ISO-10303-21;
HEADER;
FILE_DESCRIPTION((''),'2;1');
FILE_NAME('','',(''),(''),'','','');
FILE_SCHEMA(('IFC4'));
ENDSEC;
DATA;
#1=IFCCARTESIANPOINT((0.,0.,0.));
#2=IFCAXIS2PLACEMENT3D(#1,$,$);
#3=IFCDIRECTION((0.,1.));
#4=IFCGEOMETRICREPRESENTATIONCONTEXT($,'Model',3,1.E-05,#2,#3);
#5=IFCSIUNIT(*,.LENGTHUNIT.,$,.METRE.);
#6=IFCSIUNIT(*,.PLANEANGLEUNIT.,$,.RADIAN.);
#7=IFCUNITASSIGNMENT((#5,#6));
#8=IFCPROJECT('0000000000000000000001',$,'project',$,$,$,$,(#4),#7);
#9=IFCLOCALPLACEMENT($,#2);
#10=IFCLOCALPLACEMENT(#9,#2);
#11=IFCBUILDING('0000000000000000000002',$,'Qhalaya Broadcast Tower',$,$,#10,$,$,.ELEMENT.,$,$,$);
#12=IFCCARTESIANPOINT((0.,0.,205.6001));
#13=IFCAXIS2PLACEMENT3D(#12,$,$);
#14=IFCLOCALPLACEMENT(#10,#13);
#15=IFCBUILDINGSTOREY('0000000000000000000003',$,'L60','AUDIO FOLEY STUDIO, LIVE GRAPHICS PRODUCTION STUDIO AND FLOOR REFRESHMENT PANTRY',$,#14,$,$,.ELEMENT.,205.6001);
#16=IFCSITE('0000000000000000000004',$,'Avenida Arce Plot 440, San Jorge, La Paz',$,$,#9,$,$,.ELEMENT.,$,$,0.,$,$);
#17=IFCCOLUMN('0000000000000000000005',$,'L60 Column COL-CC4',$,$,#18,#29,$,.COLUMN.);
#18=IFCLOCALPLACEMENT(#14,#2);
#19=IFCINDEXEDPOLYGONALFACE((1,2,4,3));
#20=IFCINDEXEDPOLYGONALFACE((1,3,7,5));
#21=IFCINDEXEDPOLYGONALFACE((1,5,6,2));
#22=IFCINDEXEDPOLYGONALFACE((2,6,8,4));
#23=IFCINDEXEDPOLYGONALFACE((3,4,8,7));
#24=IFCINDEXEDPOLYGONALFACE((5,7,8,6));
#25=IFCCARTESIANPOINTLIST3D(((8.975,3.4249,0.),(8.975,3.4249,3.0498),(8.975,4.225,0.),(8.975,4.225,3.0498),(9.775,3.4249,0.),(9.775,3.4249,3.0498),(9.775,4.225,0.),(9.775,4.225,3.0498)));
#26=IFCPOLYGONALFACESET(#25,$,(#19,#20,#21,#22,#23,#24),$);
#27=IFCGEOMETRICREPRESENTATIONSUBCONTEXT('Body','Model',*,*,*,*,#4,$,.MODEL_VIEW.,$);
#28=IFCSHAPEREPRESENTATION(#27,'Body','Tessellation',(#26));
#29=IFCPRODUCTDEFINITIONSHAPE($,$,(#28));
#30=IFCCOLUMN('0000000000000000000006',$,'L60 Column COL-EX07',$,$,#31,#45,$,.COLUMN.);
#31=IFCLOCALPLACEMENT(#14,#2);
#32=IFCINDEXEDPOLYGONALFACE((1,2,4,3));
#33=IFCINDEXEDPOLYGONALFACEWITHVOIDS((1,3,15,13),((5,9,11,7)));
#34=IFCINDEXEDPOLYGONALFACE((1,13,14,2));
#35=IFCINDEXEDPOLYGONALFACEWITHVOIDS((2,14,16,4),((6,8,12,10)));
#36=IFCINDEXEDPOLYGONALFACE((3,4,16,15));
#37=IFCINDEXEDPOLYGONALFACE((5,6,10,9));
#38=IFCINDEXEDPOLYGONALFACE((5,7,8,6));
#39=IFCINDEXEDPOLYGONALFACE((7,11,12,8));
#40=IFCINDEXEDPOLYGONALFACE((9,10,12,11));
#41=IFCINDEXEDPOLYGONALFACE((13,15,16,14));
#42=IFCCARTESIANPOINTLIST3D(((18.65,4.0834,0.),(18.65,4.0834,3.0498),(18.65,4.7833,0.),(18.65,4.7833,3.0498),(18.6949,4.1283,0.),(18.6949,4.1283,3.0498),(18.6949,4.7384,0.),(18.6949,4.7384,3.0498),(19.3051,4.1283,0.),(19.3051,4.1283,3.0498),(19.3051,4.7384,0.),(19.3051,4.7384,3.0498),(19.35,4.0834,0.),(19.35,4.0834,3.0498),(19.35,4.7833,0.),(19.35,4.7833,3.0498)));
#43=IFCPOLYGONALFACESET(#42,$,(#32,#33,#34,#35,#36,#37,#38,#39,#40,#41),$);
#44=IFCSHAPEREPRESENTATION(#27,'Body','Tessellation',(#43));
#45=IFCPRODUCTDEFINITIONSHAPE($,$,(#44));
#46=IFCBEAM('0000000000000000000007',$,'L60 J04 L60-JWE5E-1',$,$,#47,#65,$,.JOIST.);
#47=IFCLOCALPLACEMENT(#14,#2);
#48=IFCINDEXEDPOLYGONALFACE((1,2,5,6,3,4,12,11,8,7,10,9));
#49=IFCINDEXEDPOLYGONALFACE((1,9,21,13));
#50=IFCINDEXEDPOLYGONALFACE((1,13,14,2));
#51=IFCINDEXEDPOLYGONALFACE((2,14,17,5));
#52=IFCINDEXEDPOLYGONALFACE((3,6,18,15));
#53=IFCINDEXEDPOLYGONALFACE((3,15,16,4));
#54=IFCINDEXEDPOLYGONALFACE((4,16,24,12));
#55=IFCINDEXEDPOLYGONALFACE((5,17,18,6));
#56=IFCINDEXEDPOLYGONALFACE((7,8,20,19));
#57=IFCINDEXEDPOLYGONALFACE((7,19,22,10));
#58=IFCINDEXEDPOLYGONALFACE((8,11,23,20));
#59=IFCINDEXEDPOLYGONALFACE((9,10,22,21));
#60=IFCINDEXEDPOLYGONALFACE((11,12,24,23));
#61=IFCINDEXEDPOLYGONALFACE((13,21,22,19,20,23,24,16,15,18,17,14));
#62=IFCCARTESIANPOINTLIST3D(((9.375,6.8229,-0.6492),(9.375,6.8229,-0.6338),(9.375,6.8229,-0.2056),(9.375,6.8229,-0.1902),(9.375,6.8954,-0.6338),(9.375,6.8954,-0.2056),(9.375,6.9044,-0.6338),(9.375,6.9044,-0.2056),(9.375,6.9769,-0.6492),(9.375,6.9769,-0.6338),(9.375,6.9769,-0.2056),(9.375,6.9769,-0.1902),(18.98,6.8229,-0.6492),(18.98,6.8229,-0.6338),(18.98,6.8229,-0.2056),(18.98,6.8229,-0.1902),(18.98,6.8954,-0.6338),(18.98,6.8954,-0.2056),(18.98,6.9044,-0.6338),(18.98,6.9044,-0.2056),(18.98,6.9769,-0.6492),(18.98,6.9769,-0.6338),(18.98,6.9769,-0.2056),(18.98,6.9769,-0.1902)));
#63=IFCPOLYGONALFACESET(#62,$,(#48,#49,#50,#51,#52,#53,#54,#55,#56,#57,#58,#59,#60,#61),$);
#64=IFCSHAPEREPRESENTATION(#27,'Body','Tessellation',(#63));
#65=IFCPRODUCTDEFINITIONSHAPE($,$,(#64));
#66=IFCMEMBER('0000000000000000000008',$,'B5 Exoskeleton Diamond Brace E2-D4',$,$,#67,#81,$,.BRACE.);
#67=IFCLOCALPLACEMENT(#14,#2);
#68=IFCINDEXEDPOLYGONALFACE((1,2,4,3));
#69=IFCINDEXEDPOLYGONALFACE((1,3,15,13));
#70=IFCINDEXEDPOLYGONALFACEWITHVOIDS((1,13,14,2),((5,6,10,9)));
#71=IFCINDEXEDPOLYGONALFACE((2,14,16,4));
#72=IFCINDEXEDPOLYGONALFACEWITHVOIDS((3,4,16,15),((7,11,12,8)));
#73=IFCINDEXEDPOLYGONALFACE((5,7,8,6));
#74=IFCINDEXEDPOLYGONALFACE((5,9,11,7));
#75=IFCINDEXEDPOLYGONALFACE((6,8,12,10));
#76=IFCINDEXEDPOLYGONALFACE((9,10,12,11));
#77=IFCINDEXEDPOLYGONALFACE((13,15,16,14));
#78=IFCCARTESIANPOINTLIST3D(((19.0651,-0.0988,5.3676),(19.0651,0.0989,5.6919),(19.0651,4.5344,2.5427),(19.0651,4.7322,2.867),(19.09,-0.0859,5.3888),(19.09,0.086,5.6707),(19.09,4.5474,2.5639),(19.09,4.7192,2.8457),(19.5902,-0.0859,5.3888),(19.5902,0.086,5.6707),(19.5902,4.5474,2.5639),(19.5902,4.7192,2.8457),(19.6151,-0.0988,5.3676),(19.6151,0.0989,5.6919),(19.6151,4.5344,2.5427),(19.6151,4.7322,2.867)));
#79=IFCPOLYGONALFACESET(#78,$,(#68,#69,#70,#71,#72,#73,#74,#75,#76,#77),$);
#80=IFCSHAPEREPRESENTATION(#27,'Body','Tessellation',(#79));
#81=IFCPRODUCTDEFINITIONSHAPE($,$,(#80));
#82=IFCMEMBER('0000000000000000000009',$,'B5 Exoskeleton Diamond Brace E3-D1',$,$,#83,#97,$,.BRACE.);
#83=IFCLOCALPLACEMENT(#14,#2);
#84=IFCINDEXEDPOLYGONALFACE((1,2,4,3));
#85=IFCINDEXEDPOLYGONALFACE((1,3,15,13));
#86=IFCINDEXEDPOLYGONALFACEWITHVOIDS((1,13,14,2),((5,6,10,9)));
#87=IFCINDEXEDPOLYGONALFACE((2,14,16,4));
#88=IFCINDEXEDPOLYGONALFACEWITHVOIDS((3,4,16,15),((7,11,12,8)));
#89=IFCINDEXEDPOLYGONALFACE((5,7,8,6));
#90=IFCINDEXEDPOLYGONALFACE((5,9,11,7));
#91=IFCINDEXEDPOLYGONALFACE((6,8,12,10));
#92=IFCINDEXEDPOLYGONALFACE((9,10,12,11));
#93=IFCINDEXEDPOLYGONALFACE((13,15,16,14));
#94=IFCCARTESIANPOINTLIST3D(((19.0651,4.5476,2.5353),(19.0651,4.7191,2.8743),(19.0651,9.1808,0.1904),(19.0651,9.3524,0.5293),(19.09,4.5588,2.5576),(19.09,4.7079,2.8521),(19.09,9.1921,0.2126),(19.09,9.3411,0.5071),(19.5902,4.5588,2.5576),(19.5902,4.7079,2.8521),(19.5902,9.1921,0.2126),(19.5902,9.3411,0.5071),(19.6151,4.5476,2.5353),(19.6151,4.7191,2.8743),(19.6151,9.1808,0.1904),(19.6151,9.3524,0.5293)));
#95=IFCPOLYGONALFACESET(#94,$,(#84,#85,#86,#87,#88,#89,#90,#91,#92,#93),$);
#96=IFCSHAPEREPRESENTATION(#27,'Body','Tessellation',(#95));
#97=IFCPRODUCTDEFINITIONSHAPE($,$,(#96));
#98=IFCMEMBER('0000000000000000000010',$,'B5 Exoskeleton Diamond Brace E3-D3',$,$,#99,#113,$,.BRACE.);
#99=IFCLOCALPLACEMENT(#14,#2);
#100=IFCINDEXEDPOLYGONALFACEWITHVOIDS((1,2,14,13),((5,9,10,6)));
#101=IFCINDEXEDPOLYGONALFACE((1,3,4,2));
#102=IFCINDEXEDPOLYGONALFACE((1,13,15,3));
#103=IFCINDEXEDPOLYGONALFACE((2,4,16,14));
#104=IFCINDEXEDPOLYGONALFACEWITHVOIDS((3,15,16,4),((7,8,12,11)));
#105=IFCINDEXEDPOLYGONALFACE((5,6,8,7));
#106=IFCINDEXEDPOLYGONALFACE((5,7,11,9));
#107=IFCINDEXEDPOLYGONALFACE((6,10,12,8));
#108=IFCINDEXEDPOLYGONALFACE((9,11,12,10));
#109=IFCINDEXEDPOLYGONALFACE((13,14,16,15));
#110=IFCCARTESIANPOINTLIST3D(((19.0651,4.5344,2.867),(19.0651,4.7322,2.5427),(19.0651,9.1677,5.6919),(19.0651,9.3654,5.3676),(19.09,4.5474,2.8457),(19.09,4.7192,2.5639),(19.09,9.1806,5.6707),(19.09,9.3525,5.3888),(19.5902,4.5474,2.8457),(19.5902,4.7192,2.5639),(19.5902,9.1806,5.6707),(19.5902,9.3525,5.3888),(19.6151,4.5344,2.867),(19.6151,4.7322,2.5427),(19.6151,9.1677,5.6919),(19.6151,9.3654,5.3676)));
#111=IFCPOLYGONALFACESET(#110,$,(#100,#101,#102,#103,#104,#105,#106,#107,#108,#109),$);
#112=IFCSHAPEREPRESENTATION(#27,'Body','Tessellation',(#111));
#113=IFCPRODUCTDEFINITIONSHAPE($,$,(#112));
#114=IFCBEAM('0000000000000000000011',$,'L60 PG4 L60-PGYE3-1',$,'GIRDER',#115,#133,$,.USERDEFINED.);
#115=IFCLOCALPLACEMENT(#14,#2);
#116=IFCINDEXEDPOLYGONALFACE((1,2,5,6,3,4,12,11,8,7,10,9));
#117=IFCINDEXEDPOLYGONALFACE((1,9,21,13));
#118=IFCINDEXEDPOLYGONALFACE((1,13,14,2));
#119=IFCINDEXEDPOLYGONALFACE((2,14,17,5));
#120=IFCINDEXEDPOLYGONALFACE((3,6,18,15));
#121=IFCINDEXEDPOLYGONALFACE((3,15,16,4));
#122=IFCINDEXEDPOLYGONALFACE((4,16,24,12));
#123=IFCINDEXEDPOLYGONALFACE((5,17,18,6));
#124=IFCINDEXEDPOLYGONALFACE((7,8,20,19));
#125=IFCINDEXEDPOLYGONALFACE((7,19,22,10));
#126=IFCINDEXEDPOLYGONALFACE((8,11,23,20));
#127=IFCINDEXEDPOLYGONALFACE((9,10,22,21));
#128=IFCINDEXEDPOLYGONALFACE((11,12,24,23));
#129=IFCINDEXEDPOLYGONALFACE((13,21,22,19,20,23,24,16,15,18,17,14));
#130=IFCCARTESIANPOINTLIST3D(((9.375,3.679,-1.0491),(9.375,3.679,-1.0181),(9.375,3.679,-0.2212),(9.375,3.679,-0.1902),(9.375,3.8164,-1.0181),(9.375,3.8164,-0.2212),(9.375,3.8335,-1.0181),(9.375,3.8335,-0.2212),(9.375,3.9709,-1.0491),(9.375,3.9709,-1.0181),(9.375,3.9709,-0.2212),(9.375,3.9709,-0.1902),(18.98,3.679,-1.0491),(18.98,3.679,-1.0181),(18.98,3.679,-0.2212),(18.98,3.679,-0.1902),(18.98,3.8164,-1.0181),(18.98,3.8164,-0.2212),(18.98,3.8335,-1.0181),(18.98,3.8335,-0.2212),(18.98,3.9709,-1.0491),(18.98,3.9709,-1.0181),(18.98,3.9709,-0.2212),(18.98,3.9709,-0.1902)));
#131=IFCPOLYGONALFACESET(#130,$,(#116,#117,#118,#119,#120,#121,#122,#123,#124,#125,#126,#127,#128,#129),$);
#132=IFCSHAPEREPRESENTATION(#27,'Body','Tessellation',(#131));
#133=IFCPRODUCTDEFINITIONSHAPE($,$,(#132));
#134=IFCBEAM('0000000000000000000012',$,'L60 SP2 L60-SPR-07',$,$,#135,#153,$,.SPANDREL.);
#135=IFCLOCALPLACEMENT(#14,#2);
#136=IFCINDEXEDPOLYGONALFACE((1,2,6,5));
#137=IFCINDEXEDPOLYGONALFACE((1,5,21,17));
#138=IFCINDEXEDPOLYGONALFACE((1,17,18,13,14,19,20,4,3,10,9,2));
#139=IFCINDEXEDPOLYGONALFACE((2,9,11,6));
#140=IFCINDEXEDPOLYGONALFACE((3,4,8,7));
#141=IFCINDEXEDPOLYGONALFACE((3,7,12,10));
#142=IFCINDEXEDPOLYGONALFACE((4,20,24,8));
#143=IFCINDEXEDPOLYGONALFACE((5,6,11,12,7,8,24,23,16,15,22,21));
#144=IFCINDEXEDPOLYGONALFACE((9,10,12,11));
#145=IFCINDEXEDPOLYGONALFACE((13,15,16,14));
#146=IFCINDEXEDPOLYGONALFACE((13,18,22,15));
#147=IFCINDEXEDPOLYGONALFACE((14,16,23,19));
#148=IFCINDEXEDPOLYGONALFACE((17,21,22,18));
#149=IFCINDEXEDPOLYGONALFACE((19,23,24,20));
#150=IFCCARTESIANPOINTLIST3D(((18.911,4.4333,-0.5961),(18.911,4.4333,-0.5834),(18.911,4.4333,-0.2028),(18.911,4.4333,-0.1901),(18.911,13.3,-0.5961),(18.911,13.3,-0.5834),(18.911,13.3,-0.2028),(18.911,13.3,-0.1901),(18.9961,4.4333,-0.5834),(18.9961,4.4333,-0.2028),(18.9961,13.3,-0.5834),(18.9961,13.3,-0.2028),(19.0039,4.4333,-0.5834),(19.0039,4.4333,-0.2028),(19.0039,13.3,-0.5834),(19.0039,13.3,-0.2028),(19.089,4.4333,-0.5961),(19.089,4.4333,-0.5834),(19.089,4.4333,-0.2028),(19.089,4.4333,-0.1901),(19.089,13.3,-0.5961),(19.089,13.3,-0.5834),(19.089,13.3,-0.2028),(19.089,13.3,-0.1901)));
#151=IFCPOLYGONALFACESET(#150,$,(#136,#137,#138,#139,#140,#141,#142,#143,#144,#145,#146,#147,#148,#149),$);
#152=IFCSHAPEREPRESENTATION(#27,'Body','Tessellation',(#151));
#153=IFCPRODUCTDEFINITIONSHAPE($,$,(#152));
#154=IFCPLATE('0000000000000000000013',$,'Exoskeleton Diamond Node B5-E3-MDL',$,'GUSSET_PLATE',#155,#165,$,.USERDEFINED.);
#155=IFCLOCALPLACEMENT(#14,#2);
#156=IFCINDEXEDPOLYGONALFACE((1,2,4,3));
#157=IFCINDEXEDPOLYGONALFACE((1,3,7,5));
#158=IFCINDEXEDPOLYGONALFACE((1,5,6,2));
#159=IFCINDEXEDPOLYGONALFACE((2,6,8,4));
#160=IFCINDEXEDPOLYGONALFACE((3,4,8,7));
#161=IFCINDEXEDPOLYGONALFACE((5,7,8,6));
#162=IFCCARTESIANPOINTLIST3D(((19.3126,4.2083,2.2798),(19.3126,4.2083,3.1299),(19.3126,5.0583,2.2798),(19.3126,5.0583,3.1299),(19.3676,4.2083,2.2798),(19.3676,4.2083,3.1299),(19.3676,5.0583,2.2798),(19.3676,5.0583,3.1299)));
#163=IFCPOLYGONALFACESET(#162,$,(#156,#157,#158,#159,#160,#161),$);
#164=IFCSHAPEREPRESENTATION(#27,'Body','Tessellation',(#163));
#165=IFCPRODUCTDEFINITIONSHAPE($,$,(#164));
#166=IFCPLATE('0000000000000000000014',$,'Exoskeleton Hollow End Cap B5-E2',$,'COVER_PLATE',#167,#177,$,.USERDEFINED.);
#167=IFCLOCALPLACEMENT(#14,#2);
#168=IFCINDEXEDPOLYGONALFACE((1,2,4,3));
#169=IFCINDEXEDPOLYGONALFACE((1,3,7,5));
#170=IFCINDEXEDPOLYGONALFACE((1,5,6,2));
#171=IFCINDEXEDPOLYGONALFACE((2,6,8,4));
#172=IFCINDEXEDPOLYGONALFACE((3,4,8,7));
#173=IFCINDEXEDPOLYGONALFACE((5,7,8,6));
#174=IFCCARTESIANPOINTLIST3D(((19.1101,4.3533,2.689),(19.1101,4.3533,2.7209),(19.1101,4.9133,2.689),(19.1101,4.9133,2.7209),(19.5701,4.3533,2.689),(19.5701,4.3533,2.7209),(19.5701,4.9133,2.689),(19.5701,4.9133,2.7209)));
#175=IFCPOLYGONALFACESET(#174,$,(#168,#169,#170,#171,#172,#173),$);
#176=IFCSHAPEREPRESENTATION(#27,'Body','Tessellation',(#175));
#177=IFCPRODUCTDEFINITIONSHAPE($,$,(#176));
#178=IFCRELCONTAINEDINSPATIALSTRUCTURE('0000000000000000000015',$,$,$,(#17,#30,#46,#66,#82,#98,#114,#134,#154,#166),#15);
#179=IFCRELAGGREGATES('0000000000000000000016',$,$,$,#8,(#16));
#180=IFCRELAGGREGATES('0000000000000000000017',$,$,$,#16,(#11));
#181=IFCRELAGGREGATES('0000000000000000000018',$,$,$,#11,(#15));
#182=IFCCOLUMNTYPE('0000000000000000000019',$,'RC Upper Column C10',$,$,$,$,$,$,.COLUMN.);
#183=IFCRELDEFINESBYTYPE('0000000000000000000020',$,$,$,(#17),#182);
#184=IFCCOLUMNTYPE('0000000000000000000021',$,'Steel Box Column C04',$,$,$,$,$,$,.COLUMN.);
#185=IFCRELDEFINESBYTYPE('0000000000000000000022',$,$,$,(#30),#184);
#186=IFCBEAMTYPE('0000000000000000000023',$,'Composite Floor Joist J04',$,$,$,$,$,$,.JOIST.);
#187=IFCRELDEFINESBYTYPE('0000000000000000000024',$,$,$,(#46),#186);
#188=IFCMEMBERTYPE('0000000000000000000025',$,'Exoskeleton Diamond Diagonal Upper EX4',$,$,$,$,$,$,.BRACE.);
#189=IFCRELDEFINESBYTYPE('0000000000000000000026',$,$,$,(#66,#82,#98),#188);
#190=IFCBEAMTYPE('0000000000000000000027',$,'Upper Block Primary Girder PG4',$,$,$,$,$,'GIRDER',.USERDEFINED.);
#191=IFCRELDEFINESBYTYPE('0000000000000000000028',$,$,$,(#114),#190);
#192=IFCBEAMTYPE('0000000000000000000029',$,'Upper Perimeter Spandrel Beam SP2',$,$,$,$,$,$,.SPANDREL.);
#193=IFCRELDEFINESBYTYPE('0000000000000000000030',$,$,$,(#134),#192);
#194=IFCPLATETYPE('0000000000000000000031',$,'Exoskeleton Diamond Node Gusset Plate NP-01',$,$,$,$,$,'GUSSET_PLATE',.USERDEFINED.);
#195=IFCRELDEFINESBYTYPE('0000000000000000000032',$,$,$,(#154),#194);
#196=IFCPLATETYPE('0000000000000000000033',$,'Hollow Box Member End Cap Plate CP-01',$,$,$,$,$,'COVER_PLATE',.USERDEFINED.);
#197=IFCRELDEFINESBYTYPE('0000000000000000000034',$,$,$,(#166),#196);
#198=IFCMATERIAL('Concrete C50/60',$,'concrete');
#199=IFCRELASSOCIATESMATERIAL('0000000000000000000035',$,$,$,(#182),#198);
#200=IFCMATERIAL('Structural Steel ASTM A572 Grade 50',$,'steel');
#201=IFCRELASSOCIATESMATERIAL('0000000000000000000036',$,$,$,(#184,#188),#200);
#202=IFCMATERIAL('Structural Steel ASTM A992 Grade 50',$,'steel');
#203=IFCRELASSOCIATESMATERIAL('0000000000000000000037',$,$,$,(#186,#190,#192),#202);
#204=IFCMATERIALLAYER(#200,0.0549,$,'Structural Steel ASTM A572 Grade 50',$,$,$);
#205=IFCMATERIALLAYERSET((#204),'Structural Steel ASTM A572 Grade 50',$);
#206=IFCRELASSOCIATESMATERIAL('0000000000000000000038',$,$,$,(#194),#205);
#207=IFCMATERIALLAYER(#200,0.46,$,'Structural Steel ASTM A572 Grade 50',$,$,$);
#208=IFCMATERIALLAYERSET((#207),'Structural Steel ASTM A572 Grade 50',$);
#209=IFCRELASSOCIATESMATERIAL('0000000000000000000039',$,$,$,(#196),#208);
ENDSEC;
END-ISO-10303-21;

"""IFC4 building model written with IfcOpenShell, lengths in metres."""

from ifc_helpers import new_model, si_unit, direction, frame, origin, origin_2d, place, context, subcontext, project, spatial, rectangle, hollow_rectangle, i_section, extrude, material, layer, layer_set, material_profile, profile_set, type_object, element, save


model = new_model("IFC4")

# Units and contexts
model_context = context("Model", 3, precision=1e-05, world=origin(), true_north=direction((0.0, 1.0)))
body_context = subcontext(model_context, "Body", "Model", "MODEL_VIEW")
ifc_project = project(units=[si_unit("LENGTHUNIT", "METRE"), si_unit("PLANEANGLEUNIT", "RADIAN")], contexts=[model_context])

# Site, building, storey
site_placement = place(None, origin())
site = spatial("IfcSite", under=ifc_project, at=site_placement, Name="Avenida Arce Plot 440, San Jorge, La Paz", CompositionType="ELEMENT", RefElevation=0.0)
building_placement = place(site_placement, origin())
building = spatial("IfcBuilding", under=site, at=building_placement, Name="Qhalaya Broadcast Tower", CompositionType="ELEMENT")
storey_placement = place(building_placement, frame((0.0, 0.0, 205.6001)))
storey = spatial("IfcBuildingStorey", under=building, at=storey_placement, Name="L60", Description="AUDIO FOLEY STUDIO, LIVE GRAPHICS PRODUCTION STUDIO AND FLOOR REFRESHMENT PANTRY", CompositionType="ELEMENT", Elevation=205.6001)

# Columns
ifc_material_1 = material(Name="Concrete C50/60", Category="concrete")
ifc_material_profile_1 = material_profile(ifc_material_1, rectangle(XDim=0.8, YDim=0.8, at=origin_2d()), Name="RC-COL 800x800")
ifc_profile_set_1 = profile_set([ifc_material_profile_1], Name="Concrete C50/60")
column_type_1 = type_object("IfcColumnType", Name="RC Upper Column C10", PredefinedType="COLUMN", material=ifc_profile_set_1)
column_1_placement = place(storey_placement, frame((9.375, 3.825, 0.0), z_axis=(0.0, 0.0, 1.0), x_axis=(1.0, 0.0, 0.0)))
element("IfcColumn", 1, at=column_1_placement, inside=storey, type_object=column_type_1, Name="L60 Column COL-CC4", PredefinedType="COLUMN", context=body_context, shape_type="SweptSolid", body=[
    extrude(rectangle(XDim=0.8, YDim=0.8, at=origin_2d()), origin(), (0.0, 0.0, 1.0), 3.0498),
])
ifc_material_2 = material(Name="Structural Steel ASTM A572 Grade 50", Category="steel")
ifc_material_profile_2 = material_profile(ifc_material_2, hollow_rectangle(XDim=0.7, YDim=0.7, WallThickness=0.0449, at=origin_2d()), Name="BOX 700x700x45")
ifc_profile_set_2 = profile_set([ifc_material_profile_2], Name="Structural Steel ASTM A572 Grade 50")
column_type_2 = type_object("IfcColumnType", Name="Steel Box Column C04", PredefinedType="COLUMN", material=ifc_profile_set_2)
column_2_placement = place(storey_placement, frame((19.0, 4.4333, 0.0), z_axis=(0.0, 0.0, 1.0), x_axis=(0.0, 1.0, 0.0)))
element("IfcColumn", 2, at=column_2_placement, inside=storey, type_object=column_type_2, Name="L60 Column COL-EX07", PredefinedType="COLUMN", context=body_context, shape_type="SweptSolid", body=[
    extrude(hollow_rectangle(XDim=0.7, YDim=0.7, WallThickness=0.0449, at=origin_2d()), origin(), (0.0, 0.0, 1.0), 3.0498),
])

# Beam
ifc_material_3 = material(Name="Structural Steel ASTM A992 Grade 50", Category="steel")
ifc_material_profile_3 = material_profile(ifc_material_3, i_section(OverallWidth=0.1541, OverallDepth=0.459, WebThickness=0.009, FlangeThickness=0.0154, at=origin_2d()), Name="W18X46")
ifc_profile_set_3 = profile_set([ifc_material_profile_3], Name="Structural Steel ASTM A992 Grade 50")
beam_type_1 = type_object("IfcBeamType", Name="Composite Floor Joist J04", PredefinedType="JOIST", material=ifc_profile_set_3)
beam_1_placement = place(storey_placement, frame((9.375, 6.8999, -0.4197), z_axis=(1.0, 0.0, 0.0), x_axis=(0.0, 1.0, 0.0)))
element("IfcBeam", 3, at=beam_1_placement, inside=storey, type_object=beam_type_1, Name="L60 J04 L60-JWE5E-1", PredefinedType="JOIST", context=body_context, shape_type="SweptSolid", body=[
    extrude(i_section(OverallWidth=0.1541, OverallDepth=0.459, WebThickness=0.009, FlangeThickness=0.0154, at=origin_2d()), origin(), (0.0, 0.0, 1.0), 9.605),
])

# Members
ifc_material_profile_4 = material_profile(ifc_material_2, hollow_rectangle(XDim=0.3799, YDim=0.55, WallThickness=0.0249, at=origin_2d()), Name="BOX 380x550x25")
ifc_profile_set_4 = profile_set([ifc_material_profile_4], Name="Structural Steel ASTM A572 Grade 50")
member_type = type_object("IfcMemberType", Name="Exoskeleton Diamond Diagonal Upper EX4", PredefinedType="BRACE", material=ifc_profile_set_4)
member_1_placement = place(storey_placement, frame((19.3401, 4.6333, 2.7048), z_axis=(0.0, -0.853815, 0.520576), x_axis=(0.0, 0.520576, 0.853815)))
element("IfcMember", 4, at=member_1_placement, inside=storey, type_object=member_type, Name="B5 Exoskeleton Diamond Brace E2-D4", PredefinedType="BRACE", context=body_context, shape_type="SweptSolid", body=[
    extrude(hollow_rectangle(XDim=0.3799, YDim=0.55, WallThickness=0.0249, at=origin_2d()), origin(), (0.0, 0.0, 1.0), 5.4265),
])
member_2_placement = place(storey_placement, frame((19.3401, 9.2666, 0.3599), z_axis=(0.0, -0.892235, 0.451571), x_axis=(0.0, 0.451571, 0.892235)))
element("IfcMember", 5, at=member_2_placement, inside=storey, type_object=member_type, Name="B5 Exoskeleton Diamond Brace E3-D1", PredefinedType="BRACE", context=body_context, shape_type="SweptSolid", body=[
    extrude(hollow_rectangle(XDim=0.3799, YDim=0.55, WallThickness=0.0249, at=origin_2d()), origin(), (0.0, 0.0, 1.0), 5.1929),
])
member_3_placement = place(storey_placement, frame((19.3401, 4.6333, 2.7048), z_axis=(0.0, 0.853815, 0.520576), x_axis=(0.0, -0.520576, 0.853815)))
element("IfcMember", 6, at=member_3_placement, inside=storey, type_object=member_type, Name="B5 Exoskeleton Diamond Brace E3-D3", PredefinedType="BRACE", context=body_context, shape_type="SweptSolid", body=[
    extrude(hollow_rectangle(XDim=0.3799, YDim=0.55, WallThickness=0.0249, at=origin_2d()), origin(), (0.0, 0.0, 1.0), 5.4265),
])

# Beams
ifc_material_profile_5 = material_profile(ifc_material_3, i_section(OverallWidth=0.292, OverallDepth=0.8589, WebThickness=0.0171, FlangeThickness=0.031, at=origin_2d()), Name="W33X169")
ifc_profile_set_5 = profile_set([ifc_material_profile_5], Name="Structural Steel ASTM A992 Grade 50")
beam_type_2 = type_object("IfcBeamType", Name="Upper Block Primary Girder PG4", ElementType="GIRDER", PredefinedType="USERDEFINED", material=ifc_profile_set_5)
beam_2_placement = place(storey_placement, frame((9.375, 3.825, -0.6196), z_axis=(1.0, 0.0, 0.0), x_axis=(0.0, 1.0, 0.0)))
element("IfcBeam", 7, at=beam_2_placement, inside=storey, type_object=beam_type_2, Name="L60 PG4 L60-PGYE3-1", ObjectType="GIRDER", PredefinedType="USERDEFINED", context=body_context, shape_type="SweptSolid", body=[
    extrude(i_section(OverallWidth=0.292, OverallDepth=0.8589, WebThickness=0.0171, FlangeThickness=0.031, at=origin_2d()), origin(), (0.0, 0.0, 1.0), 9.605),
])
ifc_material_profile_6 = material_profile(ifc_material_3, i_section(OverallWidth=0.178, OverallDepth=0.406, WebThickness=0.0078, FlangeThickness=0.0127, at=origin_2d()), Name="W16X40")
ifc_profile_set_6 = profile_set([ifc_material_profile_6], Name="Structural Steel ASTM A992 Grade 50")
beam_type_3 = type_object("IfcBeamType", Name="Upper Perimeter Spandrel Beam SP2", PredefinedType="SPANDREL", material=ifc_profile_set_6)
beam_3_placement = place(storey_placement, frame((19.0, 4.4333, -0.3931), z_axis=(0.0, 1.0, 0.0), x_axis=(-1.0, 0.0, 0.0)))
element("IfcBeam", 8, at=beam_3_placement, inside=storey, type_object=beam_type_3, Name="L60 SP2 L60-SPR-07", PredefinedType="SPANDREL", context=body_context, shape_type="SweptSolid", body=[
    extrude(i_section(OverallWidth=0.178, OverallDepth=0.406, WebThickness=0.0078, FlangeThickness=0.0127, at=origin_2d()), origin(), (0.0, 0.0, 1.0), 8.8667),
])

# Plates
ifc_layer_1 = layer(ifc_material_2, 0.0549, Name="Structural Steel ASTM A572 Grade 50")
ifc_layer_set_1 = layer_set([ifc_layer_1], Name="Structural Steel ASTM A572 Grade 50")
plate_type_1 = type_object("IfcPlateType", Name="Exoskeleton Diamond Node Gusset Plate NP-01", ElementType="GUSSET_PLATE", PredefinedType="USERDEFINED", material=ifc_layer_set_1)
plate_1_placement = place(storey_placement, frame((19.3401, 4.6333, 2.2798), z_axis=(0.0, 0.0, 1.0), x_axis=(0.0, 1.0, 0.0)))
element("IfcPlate", 9, at=plate_1_placement, inside=storey, type_object=plate_type_1, Name="Exoskeleton Diamond Node B5-E3-MDL", ObjectType="GUSSET_PLATE", PredefinedType="USERDEFINED", context=body_context, shape_type="SweptSolid", body=[
    extrude(rectangle(XDim=0.8501, YDim=0.0549, at=origin_2d()), origin(), (0.0, 0.0, 1.0), 0.8501),
])
ifc_layer_2 = layer(ifc_material_2, 0.46, Name="Structural Steel ASTM A572 Grade 50")
ifc_layer_set_2 = layer_set([ifc_layer_2], Name="Structural Steel ASTM A572 Grade 50")
plate_type_2 = type_object("IfcPlateType", Name="Hollow Box Member End Cap Plate CP-01", ElementType="COVER_PLATE", PredefinedType="USERDEFINED", material=ifc_layer_set_2)
plate_2_placement = place(storey_placement, frame((19.3401, 4.6333, 2.689), z_axis=(0.0, 0.0, 1.0), x_axis=(0.0, 1.0, 0.0)))
element("IfcPlate", 10, at=plate_2_placement, inside=storey, type_object=plate_type_2, Name="Exoskeleton Hollow End Cap B5-E2", ObjectType="COVER_PLATE", PredefinedType="USERDEFINED", context=body_context, shape_type="SweptSolid", body=[
    extrude(rectangle(XDim=0.5601, YDim=0.46, at=origin_2d()), origin(), (0.0, 0.0, 1.0), 0.032),
])

save(model, "model.ifc")
